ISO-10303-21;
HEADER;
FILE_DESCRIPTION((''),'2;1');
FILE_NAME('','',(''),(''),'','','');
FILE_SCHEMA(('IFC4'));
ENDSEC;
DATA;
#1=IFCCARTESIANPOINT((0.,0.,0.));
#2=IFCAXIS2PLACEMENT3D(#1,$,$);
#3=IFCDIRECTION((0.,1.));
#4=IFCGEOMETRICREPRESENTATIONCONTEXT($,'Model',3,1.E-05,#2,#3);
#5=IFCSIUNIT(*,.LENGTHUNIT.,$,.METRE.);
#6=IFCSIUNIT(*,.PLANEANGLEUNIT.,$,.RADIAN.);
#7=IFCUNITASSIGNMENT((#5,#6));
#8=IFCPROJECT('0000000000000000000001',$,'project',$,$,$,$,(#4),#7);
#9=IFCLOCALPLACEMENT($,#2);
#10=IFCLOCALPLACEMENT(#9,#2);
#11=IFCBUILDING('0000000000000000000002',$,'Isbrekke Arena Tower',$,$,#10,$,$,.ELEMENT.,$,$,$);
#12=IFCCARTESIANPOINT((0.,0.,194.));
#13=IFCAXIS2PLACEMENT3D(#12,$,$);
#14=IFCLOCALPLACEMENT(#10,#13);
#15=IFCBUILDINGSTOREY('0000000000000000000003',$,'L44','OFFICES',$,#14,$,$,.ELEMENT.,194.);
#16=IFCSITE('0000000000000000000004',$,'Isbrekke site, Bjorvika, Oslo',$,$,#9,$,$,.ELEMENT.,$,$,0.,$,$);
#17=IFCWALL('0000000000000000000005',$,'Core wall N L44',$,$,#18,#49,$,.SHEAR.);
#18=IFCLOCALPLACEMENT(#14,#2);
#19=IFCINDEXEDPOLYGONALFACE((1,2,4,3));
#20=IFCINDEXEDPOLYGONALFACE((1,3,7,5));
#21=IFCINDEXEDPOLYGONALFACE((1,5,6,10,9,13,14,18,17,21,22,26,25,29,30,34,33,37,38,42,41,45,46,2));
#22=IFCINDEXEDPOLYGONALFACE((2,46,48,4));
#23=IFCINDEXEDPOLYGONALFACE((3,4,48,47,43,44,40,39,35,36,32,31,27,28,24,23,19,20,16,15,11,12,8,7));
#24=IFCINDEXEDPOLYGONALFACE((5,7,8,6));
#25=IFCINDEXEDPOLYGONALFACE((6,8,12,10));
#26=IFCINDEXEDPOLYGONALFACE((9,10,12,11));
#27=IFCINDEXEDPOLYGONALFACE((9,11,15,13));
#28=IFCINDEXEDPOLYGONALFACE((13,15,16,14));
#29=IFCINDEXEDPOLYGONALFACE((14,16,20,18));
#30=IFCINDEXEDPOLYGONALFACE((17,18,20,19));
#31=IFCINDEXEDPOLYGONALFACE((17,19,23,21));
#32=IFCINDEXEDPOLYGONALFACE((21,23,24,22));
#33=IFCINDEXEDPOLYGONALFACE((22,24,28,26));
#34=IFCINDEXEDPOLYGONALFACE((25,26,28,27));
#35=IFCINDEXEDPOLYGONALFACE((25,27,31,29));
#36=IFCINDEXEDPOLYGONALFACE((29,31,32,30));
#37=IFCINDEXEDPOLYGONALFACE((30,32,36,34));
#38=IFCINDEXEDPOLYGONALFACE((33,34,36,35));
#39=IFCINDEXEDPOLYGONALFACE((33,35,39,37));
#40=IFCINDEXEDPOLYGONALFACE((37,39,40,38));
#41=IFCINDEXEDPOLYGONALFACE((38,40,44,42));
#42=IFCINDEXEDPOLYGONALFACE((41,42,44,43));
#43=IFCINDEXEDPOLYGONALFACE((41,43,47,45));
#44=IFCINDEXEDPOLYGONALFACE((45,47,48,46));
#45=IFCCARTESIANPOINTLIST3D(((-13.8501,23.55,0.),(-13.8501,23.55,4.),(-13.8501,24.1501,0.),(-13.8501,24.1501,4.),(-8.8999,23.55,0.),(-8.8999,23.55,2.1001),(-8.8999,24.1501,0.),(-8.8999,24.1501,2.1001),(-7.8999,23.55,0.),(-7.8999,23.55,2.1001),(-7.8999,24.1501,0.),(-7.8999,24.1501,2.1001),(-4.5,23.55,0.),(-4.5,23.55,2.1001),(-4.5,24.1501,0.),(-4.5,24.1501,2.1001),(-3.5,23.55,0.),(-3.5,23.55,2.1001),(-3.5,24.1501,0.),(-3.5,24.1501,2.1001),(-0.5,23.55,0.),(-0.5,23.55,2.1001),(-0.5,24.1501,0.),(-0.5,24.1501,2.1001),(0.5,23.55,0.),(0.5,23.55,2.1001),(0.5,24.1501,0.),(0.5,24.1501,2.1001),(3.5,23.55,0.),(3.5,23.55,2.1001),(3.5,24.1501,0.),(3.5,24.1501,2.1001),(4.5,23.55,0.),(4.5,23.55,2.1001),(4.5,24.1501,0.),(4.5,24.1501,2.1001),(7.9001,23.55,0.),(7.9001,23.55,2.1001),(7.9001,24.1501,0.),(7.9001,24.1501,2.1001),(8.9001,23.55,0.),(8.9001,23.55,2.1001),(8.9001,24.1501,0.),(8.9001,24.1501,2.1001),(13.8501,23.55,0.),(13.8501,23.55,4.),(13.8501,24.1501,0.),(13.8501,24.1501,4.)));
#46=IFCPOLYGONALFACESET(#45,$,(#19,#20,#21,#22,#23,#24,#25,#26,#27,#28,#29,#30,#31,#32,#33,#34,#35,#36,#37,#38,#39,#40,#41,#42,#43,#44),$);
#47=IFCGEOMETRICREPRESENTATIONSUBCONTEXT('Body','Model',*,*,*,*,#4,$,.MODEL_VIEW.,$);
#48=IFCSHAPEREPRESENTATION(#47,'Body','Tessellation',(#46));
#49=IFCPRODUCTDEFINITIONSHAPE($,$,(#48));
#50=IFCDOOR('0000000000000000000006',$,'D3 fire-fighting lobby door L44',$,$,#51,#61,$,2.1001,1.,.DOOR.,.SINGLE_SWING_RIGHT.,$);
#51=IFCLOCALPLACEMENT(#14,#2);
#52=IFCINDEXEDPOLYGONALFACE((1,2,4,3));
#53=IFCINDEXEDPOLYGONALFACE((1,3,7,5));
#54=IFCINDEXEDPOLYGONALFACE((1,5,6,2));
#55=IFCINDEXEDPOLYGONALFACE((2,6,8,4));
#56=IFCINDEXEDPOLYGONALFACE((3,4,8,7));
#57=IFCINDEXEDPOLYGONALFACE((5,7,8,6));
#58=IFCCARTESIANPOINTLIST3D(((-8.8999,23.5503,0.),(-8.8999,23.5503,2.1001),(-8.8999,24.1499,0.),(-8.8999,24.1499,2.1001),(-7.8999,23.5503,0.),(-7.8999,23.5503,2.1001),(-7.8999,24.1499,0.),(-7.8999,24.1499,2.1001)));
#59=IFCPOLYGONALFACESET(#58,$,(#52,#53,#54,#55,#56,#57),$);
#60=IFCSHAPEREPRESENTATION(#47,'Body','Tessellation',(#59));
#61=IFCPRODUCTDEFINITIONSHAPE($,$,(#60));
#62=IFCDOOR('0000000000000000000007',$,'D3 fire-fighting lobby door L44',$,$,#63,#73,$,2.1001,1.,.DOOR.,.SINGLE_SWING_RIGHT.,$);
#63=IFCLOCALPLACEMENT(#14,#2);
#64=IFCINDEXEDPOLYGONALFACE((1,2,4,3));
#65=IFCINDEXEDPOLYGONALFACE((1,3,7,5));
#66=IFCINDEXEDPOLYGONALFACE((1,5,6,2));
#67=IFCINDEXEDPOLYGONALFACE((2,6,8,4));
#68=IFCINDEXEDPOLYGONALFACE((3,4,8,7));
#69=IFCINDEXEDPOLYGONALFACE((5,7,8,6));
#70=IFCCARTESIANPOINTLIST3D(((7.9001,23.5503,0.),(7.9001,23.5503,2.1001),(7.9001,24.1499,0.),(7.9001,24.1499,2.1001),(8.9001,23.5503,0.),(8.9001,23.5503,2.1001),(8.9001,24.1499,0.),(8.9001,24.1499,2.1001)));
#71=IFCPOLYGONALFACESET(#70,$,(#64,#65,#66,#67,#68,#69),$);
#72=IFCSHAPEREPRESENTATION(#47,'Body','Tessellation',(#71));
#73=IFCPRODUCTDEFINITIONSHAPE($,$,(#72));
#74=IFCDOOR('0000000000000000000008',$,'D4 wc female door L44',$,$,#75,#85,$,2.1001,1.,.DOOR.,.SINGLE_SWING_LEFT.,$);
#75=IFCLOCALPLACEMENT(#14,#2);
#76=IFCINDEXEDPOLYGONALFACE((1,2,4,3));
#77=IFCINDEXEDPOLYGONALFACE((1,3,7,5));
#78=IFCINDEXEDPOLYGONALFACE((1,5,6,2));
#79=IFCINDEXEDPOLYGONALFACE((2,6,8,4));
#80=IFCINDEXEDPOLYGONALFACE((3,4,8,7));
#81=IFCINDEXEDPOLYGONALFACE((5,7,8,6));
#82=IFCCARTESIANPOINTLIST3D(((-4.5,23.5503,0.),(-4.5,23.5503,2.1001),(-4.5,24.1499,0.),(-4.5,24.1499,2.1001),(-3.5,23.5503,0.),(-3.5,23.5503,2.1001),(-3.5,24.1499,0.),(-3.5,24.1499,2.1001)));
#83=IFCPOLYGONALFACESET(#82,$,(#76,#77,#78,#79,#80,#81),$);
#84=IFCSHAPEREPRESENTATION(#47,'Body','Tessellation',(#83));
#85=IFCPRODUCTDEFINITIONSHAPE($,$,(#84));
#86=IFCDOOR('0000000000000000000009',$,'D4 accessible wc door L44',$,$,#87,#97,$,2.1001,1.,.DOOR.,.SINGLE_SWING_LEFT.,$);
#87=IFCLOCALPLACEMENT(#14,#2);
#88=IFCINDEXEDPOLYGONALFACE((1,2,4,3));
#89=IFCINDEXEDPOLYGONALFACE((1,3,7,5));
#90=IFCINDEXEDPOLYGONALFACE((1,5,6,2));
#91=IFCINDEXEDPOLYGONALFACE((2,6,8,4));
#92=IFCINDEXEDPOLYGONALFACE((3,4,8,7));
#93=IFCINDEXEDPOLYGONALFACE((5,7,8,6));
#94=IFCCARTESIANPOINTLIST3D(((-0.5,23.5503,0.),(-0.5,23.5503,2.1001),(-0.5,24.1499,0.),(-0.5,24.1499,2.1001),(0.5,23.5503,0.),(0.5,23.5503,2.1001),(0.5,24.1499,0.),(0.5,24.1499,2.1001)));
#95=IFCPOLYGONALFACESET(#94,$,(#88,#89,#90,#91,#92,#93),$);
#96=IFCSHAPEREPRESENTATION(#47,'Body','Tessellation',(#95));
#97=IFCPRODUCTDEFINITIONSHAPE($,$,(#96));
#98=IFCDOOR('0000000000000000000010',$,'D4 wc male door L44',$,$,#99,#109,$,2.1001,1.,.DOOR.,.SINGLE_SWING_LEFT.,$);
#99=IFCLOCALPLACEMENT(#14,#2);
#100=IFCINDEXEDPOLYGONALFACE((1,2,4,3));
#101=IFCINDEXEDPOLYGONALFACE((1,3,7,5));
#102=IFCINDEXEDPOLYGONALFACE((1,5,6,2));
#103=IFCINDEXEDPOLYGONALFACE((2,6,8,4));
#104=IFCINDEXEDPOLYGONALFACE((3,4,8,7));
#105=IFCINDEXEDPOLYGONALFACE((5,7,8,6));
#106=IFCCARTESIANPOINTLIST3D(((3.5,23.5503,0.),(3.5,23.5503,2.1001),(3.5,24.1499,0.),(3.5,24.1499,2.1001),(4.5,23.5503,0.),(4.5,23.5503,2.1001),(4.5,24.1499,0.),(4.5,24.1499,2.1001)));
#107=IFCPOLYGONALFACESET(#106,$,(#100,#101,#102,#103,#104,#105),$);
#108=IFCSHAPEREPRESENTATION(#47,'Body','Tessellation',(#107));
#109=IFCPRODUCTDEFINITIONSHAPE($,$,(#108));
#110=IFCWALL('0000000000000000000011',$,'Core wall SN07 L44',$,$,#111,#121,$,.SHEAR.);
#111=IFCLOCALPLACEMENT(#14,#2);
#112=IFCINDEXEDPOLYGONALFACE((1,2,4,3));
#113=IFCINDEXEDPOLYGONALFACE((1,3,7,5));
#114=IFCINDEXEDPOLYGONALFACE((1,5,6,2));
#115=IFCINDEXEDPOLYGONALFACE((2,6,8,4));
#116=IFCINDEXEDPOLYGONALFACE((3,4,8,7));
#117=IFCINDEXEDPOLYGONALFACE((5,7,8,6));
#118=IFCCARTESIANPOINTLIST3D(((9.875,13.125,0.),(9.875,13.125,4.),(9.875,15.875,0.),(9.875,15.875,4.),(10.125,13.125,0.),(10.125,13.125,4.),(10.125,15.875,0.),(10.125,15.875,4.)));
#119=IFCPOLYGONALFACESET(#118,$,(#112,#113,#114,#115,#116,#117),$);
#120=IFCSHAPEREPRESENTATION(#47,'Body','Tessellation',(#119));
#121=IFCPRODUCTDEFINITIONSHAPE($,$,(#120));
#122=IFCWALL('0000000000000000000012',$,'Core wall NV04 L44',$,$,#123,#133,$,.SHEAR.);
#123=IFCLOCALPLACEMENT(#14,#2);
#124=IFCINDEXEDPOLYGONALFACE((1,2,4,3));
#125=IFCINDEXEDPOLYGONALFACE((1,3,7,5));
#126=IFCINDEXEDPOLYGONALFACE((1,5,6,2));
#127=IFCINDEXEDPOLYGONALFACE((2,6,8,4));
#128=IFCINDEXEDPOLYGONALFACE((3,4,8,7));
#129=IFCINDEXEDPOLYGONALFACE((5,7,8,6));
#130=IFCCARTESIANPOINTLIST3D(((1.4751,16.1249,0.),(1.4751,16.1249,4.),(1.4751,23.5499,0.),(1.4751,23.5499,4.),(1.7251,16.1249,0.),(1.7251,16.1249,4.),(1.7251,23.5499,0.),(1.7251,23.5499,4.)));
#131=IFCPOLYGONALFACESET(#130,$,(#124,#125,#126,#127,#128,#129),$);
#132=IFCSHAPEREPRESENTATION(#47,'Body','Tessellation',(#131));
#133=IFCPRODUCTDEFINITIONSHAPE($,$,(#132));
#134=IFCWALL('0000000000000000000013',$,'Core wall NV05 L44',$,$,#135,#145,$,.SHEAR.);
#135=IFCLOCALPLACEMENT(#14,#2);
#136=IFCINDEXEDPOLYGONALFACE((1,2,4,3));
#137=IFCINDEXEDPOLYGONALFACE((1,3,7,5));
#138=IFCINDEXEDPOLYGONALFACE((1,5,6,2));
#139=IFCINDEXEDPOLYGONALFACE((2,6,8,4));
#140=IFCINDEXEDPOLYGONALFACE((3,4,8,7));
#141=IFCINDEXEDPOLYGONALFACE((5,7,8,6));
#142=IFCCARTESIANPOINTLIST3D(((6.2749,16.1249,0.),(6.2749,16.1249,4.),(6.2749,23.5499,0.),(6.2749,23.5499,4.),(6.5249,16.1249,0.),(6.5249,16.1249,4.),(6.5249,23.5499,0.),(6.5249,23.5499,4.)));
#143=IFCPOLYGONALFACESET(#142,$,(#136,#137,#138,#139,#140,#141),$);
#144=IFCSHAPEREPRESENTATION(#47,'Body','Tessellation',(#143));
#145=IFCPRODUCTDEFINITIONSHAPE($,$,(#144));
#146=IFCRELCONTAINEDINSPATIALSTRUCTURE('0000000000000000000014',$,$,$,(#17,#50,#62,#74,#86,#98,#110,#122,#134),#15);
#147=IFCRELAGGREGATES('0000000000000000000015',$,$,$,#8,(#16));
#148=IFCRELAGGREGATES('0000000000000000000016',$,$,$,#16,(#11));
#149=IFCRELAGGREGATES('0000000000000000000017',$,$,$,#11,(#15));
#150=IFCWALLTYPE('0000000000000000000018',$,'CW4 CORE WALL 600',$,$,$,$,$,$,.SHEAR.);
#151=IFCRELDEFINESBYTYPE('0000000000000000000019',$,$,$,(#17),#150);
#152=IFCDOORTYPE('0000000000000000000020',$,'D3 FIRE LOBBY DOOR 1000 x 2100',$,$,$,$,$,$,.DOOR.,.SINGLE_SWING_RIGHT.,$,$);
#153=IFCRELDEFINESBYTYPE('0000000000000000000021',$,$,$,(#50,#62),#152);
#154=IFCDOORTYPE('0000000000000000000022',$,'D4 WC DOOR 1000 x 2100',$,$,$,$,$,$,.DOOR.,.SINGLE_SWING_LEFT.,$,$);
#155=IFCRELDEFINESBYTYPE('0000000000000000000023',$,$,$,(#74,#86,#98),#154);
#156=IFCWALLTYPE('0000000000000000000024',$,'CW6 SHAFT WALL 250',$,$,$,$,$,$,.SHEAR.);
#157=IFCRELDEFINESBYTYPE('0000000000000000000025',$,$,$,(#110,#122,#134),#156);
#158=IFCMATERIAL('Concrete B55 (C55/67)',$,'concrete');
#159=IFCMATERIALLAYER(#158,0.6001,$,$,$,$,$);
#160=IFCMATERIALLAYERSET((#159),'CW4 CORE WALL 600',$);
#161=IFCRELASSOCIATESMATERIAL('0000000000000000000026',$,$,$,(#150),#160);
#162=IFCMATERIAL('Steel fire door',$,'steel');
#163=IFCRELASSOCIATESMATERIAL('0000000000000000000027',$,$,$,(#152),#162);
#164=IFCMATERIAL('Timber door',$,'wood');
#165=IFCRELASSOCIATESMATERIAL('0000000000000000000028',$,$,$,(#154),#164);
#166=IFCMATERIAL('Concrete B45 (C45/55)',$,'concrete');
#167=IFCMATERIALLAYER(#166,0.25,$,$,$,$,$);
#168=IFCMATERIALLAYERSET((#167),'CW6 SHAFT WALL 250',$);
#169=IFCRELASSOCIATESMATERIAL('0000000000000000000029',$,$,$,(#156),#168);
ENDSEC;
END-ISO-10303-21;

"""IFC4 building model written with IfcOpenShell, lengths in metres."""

from ifc_helpers import new_model, si_unit, direction, frame, frame_2d, origin, place, context, subcontext, project, spatial, rectangle, extrude, material, layer, layer_set, type_object, element, fill, save


model = new_model("IFC4")

# Units and contexts
model_context = context("Model", 3, precision=1e-05, world=origin(), true_north=direction((0.0, 1.0)))
body_context = subcontext(model_context, "Body", "Model", "MODEL_VIEW")
ifc_project = project(units=[si_unit("LENGTHUNIT", "METRE"), si_unit("PLANEANGLEUNIT", "RADIAN")], contexts=[model_context])

# Site, building, storey
site_placement = place(None, origin())
site = spatial("IfcSite", under=ifc_project, at=site_placement, Name="Isbrekke site, Bjorvika, Oslo", CompositionType="ELEMENT", RefElevation=0.0)
building_placement = place(site_placement, origin())
building = spatial("IfcBuilding", under=site, at=building_placement, Name="Isbrekke Arena Tower", CompositionType="ELEMENT")
storey_placement = place(building_placement, frame((0.0, 0.0, 194.0)))
storey = spatial("IfcBuildingStorey", under=building, at=storey_placement, Name="L44", Description="OFFICES", CompositionType="ELEMENT", Elevation=194.0)

# Wall, openings, doors
ifc_material_1 = material(Name="Concrete B55 (C55/67)", Category="concrete")
ifc_layer_1 = layer(ifc_material_1, 0.6001)
ifc_layer_set_1 = layer_set([ifc_layer_1], Name="CW4 CORE WALL 600")
wall_type_1 = type_object("IfcWallType", Name="CW4 CORE WALL 600", PredefinedType="SHEAR", material=ifc_layer_set_1)
wall_1_placement = place(storey_placement, frame((13.8501, 23.8501, 0.0), z_axis=(0.0, 0.0, 1.0), x_axis=(-1.0, 0.0, 0.0)))
wall_1 = element("IfcWall", 1, at=wall_1_placement, inside=storey, type_object=wall_type_1, Name="Core wall N L44", PredefinedType="SHEAR", context=body_context, shape_type="SweptSolid", body=[
    extrude(rectangle(XDim=27.7002, YDim=0.6001, at=frame_2d((13.8501, 0.0))), origin(), (0.0, 0.0, 1.0), 4.0),
])
opening_1_placement = place(wall_1_placement, frame((21.75, 0.0, 0.0)))
opening_1 = element("IfcOpeningElement", 2, at=opening_1_placement, cuts=wall_1, PredefinedType="OPENING", context=body_context, shape_type="SweptSolid", body=[
    extrude(rectangle(XDim=1.0, YDim=2.1001, at=frame_2d((0.5, 1.05))), frame((0.0, 0.3149, 0.0), z_axis=(0.0, -1.0, 0.0), x_axis=(1.0, 0.0, 0.0)), (0.0, 0.0, 1.0), 0.6299),
])
opening_2_placement = place(wall_1_placement, frame((4.95, 0.0, 0.0)))
opening_2 = element("IfcOpeningElement", 3, at=opening_2_placement, cuts=wall_1, PredefinedType="OPENING", context=body_context, shape_type="SweptSolid", body=[
    extrude(rectangle(XDim=1.0, YDim=2.1001, at=frame_2d((0.5, 1.05))), frame((0.0, 0.3149, 0.0), z_axis=(0.0, -1.0, 0.0), x_axis=(1.0, 0.0, 0.0)), (0.0, 0.0, 1.0), 0.6299),
])
opening_3_placement = place(wall_1_placement, frame((17.3501, 0.0, 0.0)))
opening_3 = element("IfcOpeningElement", 4, at=opening_3_placement, cuts=wall_1, PredefinedType="OPENING", context=body_context, shape_type="SweptSolid", body=[
    extrude(rectangle(XDim=1.0, YDim=2.1001, at=frame_2d((0.5, 1.05))), frame((0.0, 0.3149, 0.0), z_axis=(0.0, -1.0, 0.0), x_axis=(1.0, 0.0, 0.0)), (0.0, 0.0, 1.0), 0.6299),
])
opening_4_placement = place(wall_1_placement, frame((13.3501, 0.0, 0.0)))
opening_4 = element("IfcOpeningElement", 5, at=opening_4_placement, cuts=wall_1, PredefinedType="OPENING", context=body_context, shape_type="SweptSolid", body=[
    extrude(rectangle(XDim=1.0, YDim=2.1001, at=frame_2d((0.5, 1.05))), frame((0.0, 0.3149, 0.0), z_axis=(0.0, -1.0, 0.0), x_axis=(1.0, 0.0, 0.0)), (0.0, 0.0, 1.0), 0.6299),
])
opening_5_placement = place(wall_1_placement, frame((9.3501, 0.0, 0.0)))
opening_5 = element("IfcOpeningElement", 6, at=opening_5_placement, cuts=wall_1, PredefinedType="OPENING", context=body_context, shape_type="SweptSolid", body=[
    extrude(rectangle(XDim=1.0, YDim=2.1001, at=frame_2d((0.5, 1.05))), frame((0.0, 0.3149, 0.0), z_axis=(0.0, -1.0, 0.0), x_axis=(1.0, 0.0, 0.0)), (0.0, 0.0, 1.0), 0.6299),
])
ifc_material_2 = material(Name="Steel fire door", Category="steel")
door_type_1 = type_object("IfcDoorType", Name="D3 FIRE LOBBY DOOR 1000 x 2100", OperationType="SINGLE_SWING_RIGHT", PredefinedType="DOOR", material=ifc_material_2)
door_1_placement = place(opening_1_placement, origin())
door_1 = element("IfcDoor", 7, at=door_1_placement, inside=storey, type_object=door_type_1, Name="D3 fire-fighting lobby door L44", OperationType="SINGLE_SWING_RIGHT", OverallHeight=2.1001, OverallWidth=1.0, PredefinedType="DOOR", context=body_context, shape_type="SweptSolid", body=[
    extrude(rectangle(XDim=1.0, YDim=2.1001, at=frame_2d((0.5, 1.05))), frame((0.0, 0.2998, 0.0), z_axis=(0.0, -1.0, 0.0), x_axis=(1.0, 0.0, 0.0)), (0.0, 0.0, 1.0), 0.5996),
])
fill(opening_1, door_1)
door_2_placement = place(opening_2_placement, origin())
door_2 = element("IfcDoor", 8, at=door_2_placement, inside=storey, type_object=door_type_1, Name="D3 fire-fighting lobby door L44", OperationType="SINGLE_SWING_RIGHT", OverallHeight=2.1001, OverallWidth=1.0, PredefinedType="DOOR", context=body_context, shape_type="SweptSolid", body=[
    extrude(rectangle(XDim=1.0, YDim=2.1001, at=frame_2d((0.5, 1.05))), frame((0.0, 0.2998, 0.0), z_axis=(0.0, -1.0, 0.0), x_axis=(1.0, 0.0, 0.0)), (0.0, 0.0, 1.0), 0.5996),
])
fill(opening_2, door_2)
ifc_material_3 = material(Name="Timber door", Category="wood")
door_type_2 = type_object("IfcDoorType", Name="D4 WC DOOR 1000 x 2100", OperationType="SINGLE_SWING_LEFT", PredefinedType="DOOR", material=ifc_material_3)
door_3_placement = place(opening_3_placement, origin())
door_3 = element("IfcDoor", 9, at=door_3_placement, inside=storey, type_object=door_type_2, Name="D4 wc female door L44", OperationType="SINGLE_SWING_LEFT", OverallHeight=2.1001, OverallWidth=1.0, PredefinedType="DOOR", context=body_context, shape_type="SweptSolid", body=[
    extrude(rectangle(XDim=1.0, YDim=2.1001, at=frame_2d((0.5, 1.05))), frame((0.0, 0.2998, 0.0), z_axis=(0.0, -1.0, 0.0), x_axis=(1.0, 0.0, 0.0)), (0.0, 0.0, 1.0), 0.5996),
])
fill(opening_3, door_3)
door_4_placement = place(opening_4_placement, origin())
door_4 = element("IfcDoor", 10, at=door_4_placement, inside=storey, type_object=door_type_2, Name="D4 accessible wc door L44", OperationType="SINGLE_SWING_LEFT", OverallHeight=2.1001, OverallWidth=1.0, PredefinedType="DOOR", context=body_context, shape_type="SweptSolid", body=[
    extrude(rectangle(XDim=1.0, YDim=2.1001, at=frame_2d((0.5, 1.05))), frame((0.0, 0.2998, 0.0), z_axis=(0.0, -1.0, 0.0), x_axis=(1.0, 0.0, 0.0)), (0.0, 0.0, 1.0), 0.5996),
])
fill(opening_4, door_4)
door_5_placement = place(opening_5_placement, origin())
door_5 = element("IfcDoor", 11, at=door_5_placement, inside=storey, type_object=door_type_2, Name="D4 wc male door L44", OperationType="SINGLE_SWING_LEFT", OverallHeight=2.1001, OverallWidth=1.0, PredefinedType="DOOR", context=body_context, shape_type="SweptSolid", body=[
    extrude(rectangle(XDim=1.0, YDim=2.1001, at=frame_2d((0.5, 1.05))), frame((0.0, 0.2998, 0.0), z_axis=(0.0, -1.0, 0.0), x_axis=(1.0, 0.0, 0.0)), (0.0, 0.0, 1.0), 0.5996),
])
fill(opening_5, door_5)

# Walls
ifc_material_4 = material(Name="Concrete B45 (C45/55)", Category="concrete")
ifc_layer_2 = layer(ifc_material_4, 0.25)
ifc_layer_set_2 = layer_set([ifc_layer_2], Name="CW6 SHAFT WALL 250")
wall_type_2 = type_object("IfcWallType", Name="CW6 SHAFT WALL 250", PredefinedType="SHEAR", material=ifc_layer_set_2)
wall_2_placement = place(storey_placement, frame((10.0, 13.125, 0.0), z_axis=(0.0, 0.0, 1.0), x_axis=(0.0, 1.0, 0.0)))
element("IfcWall", 12, at=wall_2_placement, inside=storey, type_object=wall_type_2, Name="Core wall SN07 L44", PredefinedType="SHEAR", context=body_context, shape_type="SweptSolid", body=[
    extrude(rectangle(XDim=2.75, YDim=0.25, at=frame_2d((1.375, 0.0))), origin(), (0.0, 0.0, 1.0), 4.0),
])
for number, where, z_axis, x_axis, name in (
    (13, (1.6001, 16.125, 0.0), (0.0, 0.0, 1.0), (0.0, 1.0, 0.0), "Core wall NV04 L44"),
    (14, (6.3999, 16.125, 0.0), (0.0, 0.0, 1.0), (0.0, 1.0, 0.0), "Core wall NV05 L44"),
):
    element("IfcWall", number, at=place(storey_placement, frame(where, z_axis=z_axis, x_axis=x_axis)), inside=storey, type_object=wall_type_2, Name=name, PredefinedType="SHEAR", context=body_context, shape_type="SweptSolid", body=[
        extrude(rectangle(XDim=7.425, YDim=0.25, at=frame_2d((3.7124, 0.0))), origin(), (0.0, 0.0, 1.0), 4.0),
    ])

save(model, "model.ifc")
